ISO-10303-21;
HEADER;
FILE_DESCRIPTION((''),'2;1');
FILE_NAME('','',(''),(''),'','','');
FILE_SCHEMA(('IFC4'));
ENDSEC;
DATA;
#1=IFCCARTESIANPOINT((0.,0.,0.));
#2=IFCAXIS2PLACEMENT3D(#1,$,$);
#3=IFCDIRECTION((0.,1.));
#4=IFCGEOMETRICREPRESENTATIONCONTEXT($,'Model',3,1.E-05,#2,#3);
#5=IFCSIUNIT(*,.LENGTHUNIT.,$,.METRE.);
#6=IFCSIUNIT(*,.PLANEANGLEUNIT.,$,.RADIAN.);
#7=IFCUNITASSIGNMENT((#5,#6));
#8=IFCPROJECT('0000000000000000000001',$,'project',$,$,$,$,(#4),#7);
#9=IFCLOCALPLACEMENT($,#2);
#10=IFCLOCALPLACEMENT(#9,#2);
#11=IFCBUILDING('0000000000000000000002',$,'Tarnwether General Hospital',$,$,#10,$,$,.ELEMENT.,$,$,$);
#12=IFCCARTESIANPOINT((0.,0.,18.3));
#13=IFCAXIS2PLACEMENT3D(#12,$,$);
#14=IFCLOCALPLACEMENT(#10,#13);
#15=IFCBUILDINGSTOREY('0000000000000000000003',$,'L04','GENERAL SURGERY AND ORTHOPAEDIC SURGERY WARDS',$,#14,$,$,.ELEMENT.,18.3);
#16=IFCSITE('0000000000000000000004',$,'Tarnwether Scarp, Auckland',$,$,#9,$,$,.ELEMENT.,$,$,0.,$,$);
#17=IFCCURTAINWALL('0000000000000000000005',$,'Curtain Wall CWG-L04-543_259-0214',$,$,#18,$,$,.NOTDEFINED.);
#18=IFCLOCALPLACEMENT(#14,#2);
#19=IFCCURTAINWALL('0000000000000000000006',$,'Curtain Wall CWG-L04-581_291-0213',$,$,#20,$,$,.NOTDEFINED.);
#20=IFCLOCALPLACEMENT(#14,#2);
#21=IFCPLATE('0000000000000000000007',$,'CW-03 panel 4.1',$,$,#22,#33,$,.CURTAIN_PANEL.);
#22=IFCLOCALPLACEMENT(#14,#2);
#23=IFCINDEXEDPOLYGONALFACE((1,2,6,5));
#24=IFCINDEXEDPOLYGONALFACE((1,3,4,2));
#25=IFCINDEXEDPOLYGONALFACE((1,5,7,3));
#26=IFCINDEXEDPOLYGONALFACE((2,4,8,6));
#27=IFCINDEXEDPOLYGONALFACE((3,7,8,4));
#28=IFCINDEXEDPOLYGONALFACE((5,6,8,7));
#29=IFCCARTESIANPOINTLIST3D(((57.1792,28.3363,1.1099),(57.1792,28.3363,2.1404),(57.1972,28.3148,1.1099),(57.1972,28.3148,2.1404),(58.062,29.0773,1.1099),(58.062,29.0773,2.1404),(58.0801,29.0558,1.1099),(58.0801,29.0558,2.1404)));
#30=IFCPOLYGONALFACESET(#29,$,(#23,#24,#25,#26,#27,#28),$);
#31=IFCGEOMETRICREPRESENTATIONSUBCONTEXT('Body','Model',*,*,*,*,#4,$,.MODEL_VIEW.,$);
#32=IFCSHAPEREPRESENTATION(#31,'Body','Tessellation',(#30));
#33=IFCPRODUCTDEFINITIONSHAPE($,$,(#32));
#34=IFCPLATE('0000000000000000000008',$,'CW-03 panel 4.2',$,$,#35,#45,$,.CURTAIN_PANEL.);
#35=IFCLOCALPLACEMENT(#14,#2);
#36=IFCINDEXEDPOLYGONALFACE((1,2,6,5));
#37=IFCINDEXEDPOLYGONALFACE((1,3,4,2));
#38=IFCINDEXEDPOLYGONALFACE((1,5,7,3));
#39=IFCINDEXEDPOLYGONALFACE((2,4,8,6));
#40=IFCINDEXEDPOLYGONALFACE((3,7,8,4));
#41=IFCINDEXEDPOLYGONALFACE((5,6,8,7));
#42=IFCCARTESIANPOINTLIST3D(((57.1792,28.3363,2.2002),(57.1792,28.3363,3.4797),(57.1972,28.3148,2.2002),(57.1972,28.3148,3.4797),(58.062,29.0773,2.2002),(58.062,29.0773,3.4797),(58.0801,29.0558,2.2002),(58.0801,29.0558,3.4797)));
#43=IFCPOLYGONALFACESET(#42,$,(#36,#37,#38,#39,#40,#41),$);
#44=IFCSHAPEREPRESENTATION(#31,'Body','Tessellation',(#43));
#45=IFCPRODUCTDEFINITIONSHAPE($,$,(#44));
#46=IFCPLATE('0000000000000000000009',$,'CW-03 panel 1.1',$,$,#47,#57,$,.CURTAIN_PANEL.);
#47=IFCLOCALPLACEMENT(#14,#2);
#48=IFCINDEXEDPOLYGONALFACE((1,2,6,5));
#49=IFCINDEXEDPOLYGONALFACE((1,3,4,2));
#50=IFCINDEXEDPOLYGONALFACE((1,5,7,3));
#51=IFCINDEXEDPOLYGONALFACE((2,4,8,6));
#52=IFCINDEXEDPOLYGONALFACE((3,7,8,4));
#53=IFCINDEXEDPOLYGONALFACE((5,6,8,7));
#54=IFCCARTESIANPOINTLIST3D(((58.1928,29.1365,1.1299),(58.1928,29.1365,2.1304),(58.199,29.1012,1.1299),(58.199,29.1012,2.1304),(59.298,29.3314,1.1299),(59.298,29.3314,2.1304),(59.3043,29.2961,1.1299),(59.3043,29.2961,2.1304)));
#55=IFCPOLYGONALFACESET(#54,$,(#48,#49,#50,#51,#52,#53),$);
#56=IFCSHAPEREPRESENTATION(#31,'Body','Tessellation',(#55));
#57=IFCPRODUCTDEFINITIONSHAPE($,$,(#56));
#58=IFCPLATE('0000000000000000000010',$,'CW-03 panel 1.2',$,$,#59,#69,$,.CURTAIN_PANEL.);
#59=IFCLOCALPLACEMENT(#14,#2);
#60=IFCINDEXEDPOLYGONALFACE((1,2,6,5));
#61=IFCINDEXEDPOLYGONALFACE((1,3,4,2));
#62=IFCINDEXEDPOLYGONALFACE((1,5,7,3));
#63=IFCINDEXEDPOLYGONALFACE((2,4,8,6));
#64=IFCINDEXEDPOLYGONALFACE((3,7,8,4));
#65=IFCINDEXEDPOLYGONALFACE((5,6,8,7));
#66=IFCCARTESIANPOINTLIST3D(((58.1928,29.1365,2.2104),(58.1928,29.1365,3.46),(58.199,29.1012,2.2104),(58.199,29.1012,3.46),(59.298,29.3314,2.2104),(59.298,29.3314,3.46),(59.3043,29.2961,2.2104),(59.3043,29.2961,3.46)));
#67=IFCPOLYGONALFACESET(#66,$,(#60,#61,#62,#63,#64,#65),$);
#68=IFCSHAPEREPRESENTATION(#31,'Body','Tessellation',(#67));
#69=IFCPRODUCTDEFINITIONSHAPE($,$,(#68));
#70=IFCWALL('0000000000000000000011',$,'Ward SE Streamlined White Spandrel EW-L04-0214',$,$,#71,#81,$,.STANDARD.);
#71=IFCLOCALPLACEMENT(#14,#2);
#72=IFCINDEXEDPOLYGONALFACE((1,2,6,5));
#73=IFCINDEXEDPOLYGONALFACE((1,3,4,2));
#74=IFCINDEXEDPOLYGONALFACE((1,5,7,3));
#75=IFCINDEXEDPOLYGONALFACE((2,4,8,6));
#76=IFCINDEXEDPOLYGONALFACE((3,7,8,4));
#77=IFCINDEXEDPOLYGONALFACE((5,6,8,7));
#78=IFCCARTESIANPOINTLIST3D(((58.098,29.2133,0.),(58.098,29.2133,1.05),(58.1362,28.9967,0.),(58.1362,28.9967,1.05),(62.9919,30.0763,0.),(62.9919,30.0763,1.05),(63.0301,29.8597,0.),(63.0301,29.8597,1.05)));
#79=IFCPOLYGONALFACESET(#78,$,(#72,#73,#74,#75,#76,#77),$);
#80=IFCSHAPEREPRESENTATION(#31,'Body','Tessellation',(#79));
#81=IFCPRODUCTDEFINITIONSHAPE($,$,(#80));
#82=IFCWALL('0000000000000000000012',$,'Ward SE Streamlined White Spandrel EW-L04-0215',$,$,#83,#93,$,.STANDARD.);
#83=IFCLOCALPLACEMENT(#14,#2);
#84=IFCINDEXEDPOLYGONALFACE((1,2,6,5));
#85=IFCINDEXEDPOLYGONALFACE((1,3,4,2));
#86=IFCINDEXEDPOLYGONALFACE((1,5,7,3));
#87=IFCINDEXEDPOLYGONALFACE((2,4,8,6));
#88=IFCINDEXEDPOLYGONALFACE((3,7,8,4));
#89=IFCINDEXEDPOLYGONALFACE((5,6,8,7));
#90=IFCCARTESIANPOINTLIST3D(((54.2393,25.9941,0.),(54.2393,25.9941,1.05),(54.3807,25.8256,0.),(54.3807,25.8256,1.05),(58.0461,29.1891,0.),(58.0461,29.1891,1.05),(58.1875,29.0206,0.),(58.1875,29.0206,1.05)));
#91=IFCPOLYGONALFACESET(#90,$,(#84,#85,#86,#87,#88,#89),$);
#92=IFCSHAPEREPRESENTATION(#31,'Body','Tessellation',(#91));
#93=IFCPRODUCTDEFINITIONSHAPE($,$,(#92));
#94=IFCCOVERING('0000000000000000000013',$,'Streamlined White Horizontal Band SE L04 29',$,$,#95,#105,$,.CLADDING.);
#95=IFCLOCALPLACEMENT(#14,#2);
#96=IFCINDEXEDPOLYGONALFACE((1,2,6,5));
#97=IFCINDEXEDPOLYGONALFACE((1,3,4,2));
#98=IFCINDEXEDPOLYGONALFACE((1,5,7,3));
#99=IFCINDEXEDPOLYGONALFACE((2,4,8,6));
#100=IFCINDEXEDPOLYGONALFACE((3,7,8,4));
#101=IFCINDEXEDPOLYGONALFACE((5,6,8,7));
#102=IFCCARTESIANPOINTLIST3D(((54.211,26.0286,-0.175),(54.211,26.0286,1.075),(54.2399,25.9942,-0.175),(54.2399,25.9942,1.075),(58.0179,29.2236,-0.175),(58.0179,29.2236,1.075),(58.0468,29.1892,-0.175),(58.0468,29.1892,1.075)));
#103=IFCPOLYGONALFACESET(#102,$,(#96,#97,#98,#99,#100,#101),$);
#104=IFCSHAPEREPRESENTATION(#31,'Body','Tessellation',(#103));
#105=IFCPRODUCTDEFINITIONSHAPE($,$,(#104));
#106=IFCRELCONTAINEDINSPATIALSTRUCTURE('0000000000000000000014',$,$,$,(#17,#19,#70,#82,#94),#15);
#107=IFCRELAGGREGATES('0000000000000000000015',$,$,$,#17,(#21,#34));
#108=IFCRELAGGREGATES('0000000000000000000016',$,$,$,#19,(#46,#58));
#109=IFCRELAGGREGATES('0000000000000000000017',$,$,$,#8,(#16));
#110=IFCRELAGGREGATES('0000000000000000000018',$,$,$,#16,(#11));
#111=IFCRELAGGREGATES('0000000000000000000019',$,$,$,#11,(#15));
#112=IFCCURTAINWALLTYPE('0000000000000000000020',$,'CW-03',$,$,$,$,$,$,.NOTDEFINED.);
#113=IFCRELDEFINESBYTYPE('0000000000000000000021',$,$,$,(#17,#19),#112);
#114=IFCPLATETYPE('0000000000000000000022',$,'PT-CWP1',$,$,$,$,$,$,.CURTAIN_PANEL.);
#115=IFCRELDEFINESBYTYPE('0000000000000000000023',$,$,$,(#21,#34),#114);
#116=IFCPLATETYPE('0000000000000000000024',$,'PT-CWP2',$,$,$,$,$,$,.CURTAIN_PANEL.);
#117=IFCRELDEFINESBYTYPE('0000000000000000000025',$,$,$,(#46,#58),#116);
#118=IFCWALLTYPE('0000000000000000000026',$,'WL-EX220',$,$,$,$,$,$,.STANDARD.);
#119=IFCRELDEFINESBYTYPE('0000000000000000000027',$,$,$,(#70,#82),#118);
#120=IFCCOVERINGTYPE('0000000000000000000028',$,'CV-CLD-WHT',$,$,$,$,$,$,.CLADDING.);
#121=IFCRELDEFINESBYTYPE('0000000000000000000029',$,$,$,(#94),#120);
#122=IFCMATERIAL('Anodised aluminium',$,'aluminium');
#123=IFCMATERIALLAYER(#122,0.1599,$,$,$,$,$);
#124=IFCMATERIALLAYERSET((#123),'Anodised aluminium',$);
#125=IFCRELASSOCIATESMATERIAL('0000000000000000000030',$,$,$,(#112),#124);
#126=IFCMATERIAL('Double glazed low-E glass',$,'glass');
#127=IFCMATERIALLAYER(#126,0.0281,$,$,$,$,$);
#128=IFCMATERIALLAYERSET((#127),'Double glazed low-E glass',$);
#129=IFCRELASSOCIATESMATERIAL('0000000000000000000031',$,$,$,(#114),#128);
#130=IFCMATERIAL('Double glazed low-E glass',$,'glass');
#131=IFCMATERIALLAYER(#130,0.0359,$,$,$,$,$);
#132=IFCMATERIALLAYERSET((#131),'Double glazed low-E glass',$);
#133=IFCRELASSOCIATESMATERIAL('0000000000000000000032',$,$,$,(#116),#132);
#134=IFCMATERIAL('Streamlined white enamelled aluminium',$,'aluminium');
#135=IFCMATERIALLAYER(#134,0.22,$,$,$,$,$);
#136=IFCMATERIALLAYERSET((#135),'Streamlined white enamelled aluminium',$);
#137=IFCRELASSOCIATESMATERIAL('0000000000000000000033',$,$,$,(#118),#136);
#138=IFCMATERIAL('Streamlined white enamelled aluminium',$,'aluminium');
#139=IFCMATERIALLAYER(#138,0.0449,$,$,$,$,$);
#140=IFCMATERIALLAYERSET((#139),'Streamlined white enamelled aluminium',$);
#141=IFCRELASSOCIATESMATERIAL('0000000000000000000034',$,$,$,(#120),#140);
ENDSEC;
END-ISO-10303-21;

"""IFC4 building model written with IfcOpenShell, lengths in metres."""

from ifc_helpers import new_model, si_unit, direction, frame, frame_2d, origin, origin_2d, place, context, subcontext, project, spatial, rectangle, extrude, material, layer, layer_set, type_object, element, aggregate, save


model = new_model("IFC4")

# Units and contexts
model_context = context("Model", 3, precision=1e-05, world=origin(), true_north=direction((0.0, 1.0)))
body_context = subcontext(model_context, "Body", "Model", "MODEL_VIEW")
ifc_project = project(units=[si_unit("LENGTHUNIT", "METRE"), si_unit("PLANEANGLEUNIT", "RADIAN")], contexts=[model_context])

# Site, building, storey
site_placement = place(None, origin())
site = spatial("IfcSite", under=ifc_project, at=site_placement, Name="Tarnwether Scarp, Auckland", CompositionType="ELEMENT", RefElevation=0.0)
building_placement = place(site_placement, origin())
building = spatial("IfcBuilding", under=site, at=building_placement, Name="Tarnwether General Hospital", CompositionType="ELEMENT")
storey_placement = place(building_placement, frame((0.0, 0.0, 18.3)))
storey = spatial("IfcBuildingStorey", under=building, at=storey_placement, Name="L04", Description="GENERAL SURGERY AND ORTHOPAEDIC SURGERY WARDS", CompositionType="ELEMENT", Elevation=18.3)

# Curtain wall
ifc_material_1 = material(Name="Anodised aluminium", Category="aluminium")
ifc_layer_1 = layer(ifc_material_1, 0.1599)
ifc_layer_set_1 = layer_set([ifc_layer_1], Name="Anodised aluminium")
curtain_wall_type = type_object("IfcCurtainWallType", Name="CW-03", PredefinedType="NOTDEFINED", material=ifc_layer_set_1)
curtain_wall_1_placement = place(storey_placement, origin())
curtain_wall_1 = element("IfcCurtainWall", 1, at=curtain_wall_1_placement, inside=storey, type_object=curtain_wall_type, Name="Curtain Wall CWG-L04-543_259-0214", PredefinedType="NOTDEFINED")

# Curtain wall
curtain_wall_2_placement = place(storey_placement, origin())
curtain_wall_2 = element("IfcCurtainWall", 2, at=curtain_wall_2_placement, inside=storey, type_object=curtain_wall_type, Name="Curtain Wall CWG-L04-581_291-0213", PredefinedType="NOTDEFINED")

# Plates
ifc_material_2 = material(Name="Double glazed low-E glass", Category="glass")
ifc_layer_2 = layer(ifc_material_2, 0.0281)
ifc_layer_set_2 = layer_set([ifc_layer_2], Name="Double glazed low-E glass")
plate_type_1 = type_object("IfcPlateType", Name="PT-CWP1", PredefinedType="CURTAIN_PANEL", material=ifc_layer_set_2)
plate_1_placement = place(storey_placement, frame((57.6296, 28.696, 1.1099), z_axis=(0.0, 0.0, 1.0), x_axis=(0.76599, 0.642852, 0.0)))
plate_1 = element("IfcPlate", 3, at=plate_1_placement, type_object=plate_type_1, Name="CW-03 panel 4.1", PredefinedType="CURTAIN_PANEL", context=body_context, shape_type="SweptSolid", body=[
    extrude(rectangle(XDim=1.1526, YDim=0.0281, at=origin_2d()), origin(), (0.0, 0.0, 1.0), 1.0305),
])
plate_2_placement = place(storey_placement, frame((57.6296, 28.696, 2.2002), z_axis=(0.0, 0.0, 1.0), x_axis=(0.76599, 0.642852, 0.0)))
plate_2 = element("IfcPlate", 4, at=plate_2_placement, type_object=plate_type_1, Name="CW-03 panel 4.2", PredefinedType="CURTAIN_PANEL", context=body_context, shape_type="SweptSolid", body=[
    extrude(rectangle(XDim=1.1526, YDim=0.0281, at=origin_2d()), origin(), (0.0, 0.0, 1.0), 1.2795),
])
aggregate(curtain_wall_1, [plate_1, plate_2])
ifc_material_3 = material(Name="Double glazed low-E glass", Category="glass")
ifc_layer_3 = layer(ifc_material_3, 0.0359)
ifc_layer_set_3 = layer_set([ifc_layer_3], Name="Double glazed low-E glass")
plate_type_2 = type_object("IfcPlateType", Name="PT-CWP2", PredefinedType="CURTAIN_PANEL", material=ifc_layer_set_3)
plate_3_placement = place(storey_placement, frame((58.7485, 29.2163, 1.1299), z_axis=(0.0, 0.0, 1.0), x_axis=(0.984806, 0.173659, 0.0)))
plate_3 = element("IfcPlate", 5, at=plate_3_placement, type_object=plate_type_2, Name="CW-03 panel 1.1", PredefinedType="CURTAIN_PANEL", context=body_context, shape_type="SweptSolid", body=[
    extrude(rectangle(XDim=1.1223, YDim=0.0359, at=origin_2d()), origin(), (0.0, 0.0, 1.0), 1.0005),
])
plate_4_placement = place(storey_placement, frame((58.7485, 29.2163, 2.2104), z_axis=(0.0, 0.0, 1.0), x_axis=(0.984806, 0.173659, 0.0)))
plate_4 = element("IfcPlate", 6, at=plate_4_placement, type_object=plate_type_2, Name="CW-03 panel 1.2", PredefinedType="CURTAIN_PANEL", context=body_context, shape_type="SweptSolid", body=[
    extrude(rectangle(XDim=1.1223, YDim=0.0359, at=origin_2d()), origin(), (0.0, 0.0, 1.0), 1.2495),
])
aggregate(curtain_wall_2, [plate_3, plate_4])

# Walls
ifc_material_4 = material(Name="Streamlined white enamelled aluminium", Category="aluminium")
ifc_layer_4 = layer(ifc_material_4, 0.22)
ifc_layer_set_4 = layer_set([ifc_layer_4], Name="Streamlined white enamelled aluminium")
wall_type = type_object("IfcWallType", Name="WL-EX220", PredefinedType="STANDARD", material=ifc_layer_set_4)
wall_1_placement = place(storey_placement, frame((58.1169, 29.105, 0.0), z_axis=(0.0, 0.0, 1.0), x_axis=(0.984805, 0.173665, 0.0)))
element("IfcWall", 7, at=wall_1_placement, inside=storey, type_object=wall_type, Name="Ward SE Streamlined White Spandrel EW-L04-0214", PredefinedType="STANDARD", context=body_context, shape_type="SweptSolid", body=[
    extrude(rectangle(XDim=4.9695, YDim=0.22, at=frame_2d((2.4849, 0.0))), origin(), (0.0, 0.0, 1.0), 1.05),
])
wall_2_placement = place(storey_placement, frame((54.3101, 25.9099, 0.0), z_axis=(0.0, 0.0, 1.0), x_axis=(0.765974, 0.642872, 0.0)))
element("IfcWall", 8, at=wall_2_placement, inside=storey, type_object=wall_type, Name="Ward SE Streamlined White Spandrel EW-L04-0215", PredefinedType="STANDARD", context=body_context, shape_type="SweptSolid", body=[
    extrude(rectangle(XDim=4.97, YDim=0.22, at=frame_2d((2.4849, 0.0))), origin(), (0.0, 0.0, 1.0), 1.05),
])

# Covering
ifc_material_5 = material(Name="Streamlined white enamelled aluminium", Category="aluminium")
ifc_layer_5 = layer(ifc_material_5, 0.0449)
ifc_layer_set_5 = layer_set([ifc_layer_5], Name="Streamlined white enamelled aluminium")
covering_type = type_object("IfcCoveringType", Name="CV-CLD-WHT", PredefinedType="CLADDING", material=ifc_layer_set_5)
covering_placement = place(storey_placement, frame((56.1289, 27.6089, -0.175), z_axis=(0.0, 0.0, 1.0), x_axis=(0.765988, 0.642854, 0.0)))
element("IfcCovering", 9, at=covering_placement, inside=storey, type_object=covering_type, Name="Streamlined White Horizontal Band SE L04 29", PredefinedType="CLADDING", context=body_context, shape_type="SweptSolid", body=[
    extrude(rectangle(XDim=4.97, YDim=0.0449, at=origin_2d()), origin(), (0.0, 0.0, 1.0), 1.25),
])

save(model, "model.ifc")
